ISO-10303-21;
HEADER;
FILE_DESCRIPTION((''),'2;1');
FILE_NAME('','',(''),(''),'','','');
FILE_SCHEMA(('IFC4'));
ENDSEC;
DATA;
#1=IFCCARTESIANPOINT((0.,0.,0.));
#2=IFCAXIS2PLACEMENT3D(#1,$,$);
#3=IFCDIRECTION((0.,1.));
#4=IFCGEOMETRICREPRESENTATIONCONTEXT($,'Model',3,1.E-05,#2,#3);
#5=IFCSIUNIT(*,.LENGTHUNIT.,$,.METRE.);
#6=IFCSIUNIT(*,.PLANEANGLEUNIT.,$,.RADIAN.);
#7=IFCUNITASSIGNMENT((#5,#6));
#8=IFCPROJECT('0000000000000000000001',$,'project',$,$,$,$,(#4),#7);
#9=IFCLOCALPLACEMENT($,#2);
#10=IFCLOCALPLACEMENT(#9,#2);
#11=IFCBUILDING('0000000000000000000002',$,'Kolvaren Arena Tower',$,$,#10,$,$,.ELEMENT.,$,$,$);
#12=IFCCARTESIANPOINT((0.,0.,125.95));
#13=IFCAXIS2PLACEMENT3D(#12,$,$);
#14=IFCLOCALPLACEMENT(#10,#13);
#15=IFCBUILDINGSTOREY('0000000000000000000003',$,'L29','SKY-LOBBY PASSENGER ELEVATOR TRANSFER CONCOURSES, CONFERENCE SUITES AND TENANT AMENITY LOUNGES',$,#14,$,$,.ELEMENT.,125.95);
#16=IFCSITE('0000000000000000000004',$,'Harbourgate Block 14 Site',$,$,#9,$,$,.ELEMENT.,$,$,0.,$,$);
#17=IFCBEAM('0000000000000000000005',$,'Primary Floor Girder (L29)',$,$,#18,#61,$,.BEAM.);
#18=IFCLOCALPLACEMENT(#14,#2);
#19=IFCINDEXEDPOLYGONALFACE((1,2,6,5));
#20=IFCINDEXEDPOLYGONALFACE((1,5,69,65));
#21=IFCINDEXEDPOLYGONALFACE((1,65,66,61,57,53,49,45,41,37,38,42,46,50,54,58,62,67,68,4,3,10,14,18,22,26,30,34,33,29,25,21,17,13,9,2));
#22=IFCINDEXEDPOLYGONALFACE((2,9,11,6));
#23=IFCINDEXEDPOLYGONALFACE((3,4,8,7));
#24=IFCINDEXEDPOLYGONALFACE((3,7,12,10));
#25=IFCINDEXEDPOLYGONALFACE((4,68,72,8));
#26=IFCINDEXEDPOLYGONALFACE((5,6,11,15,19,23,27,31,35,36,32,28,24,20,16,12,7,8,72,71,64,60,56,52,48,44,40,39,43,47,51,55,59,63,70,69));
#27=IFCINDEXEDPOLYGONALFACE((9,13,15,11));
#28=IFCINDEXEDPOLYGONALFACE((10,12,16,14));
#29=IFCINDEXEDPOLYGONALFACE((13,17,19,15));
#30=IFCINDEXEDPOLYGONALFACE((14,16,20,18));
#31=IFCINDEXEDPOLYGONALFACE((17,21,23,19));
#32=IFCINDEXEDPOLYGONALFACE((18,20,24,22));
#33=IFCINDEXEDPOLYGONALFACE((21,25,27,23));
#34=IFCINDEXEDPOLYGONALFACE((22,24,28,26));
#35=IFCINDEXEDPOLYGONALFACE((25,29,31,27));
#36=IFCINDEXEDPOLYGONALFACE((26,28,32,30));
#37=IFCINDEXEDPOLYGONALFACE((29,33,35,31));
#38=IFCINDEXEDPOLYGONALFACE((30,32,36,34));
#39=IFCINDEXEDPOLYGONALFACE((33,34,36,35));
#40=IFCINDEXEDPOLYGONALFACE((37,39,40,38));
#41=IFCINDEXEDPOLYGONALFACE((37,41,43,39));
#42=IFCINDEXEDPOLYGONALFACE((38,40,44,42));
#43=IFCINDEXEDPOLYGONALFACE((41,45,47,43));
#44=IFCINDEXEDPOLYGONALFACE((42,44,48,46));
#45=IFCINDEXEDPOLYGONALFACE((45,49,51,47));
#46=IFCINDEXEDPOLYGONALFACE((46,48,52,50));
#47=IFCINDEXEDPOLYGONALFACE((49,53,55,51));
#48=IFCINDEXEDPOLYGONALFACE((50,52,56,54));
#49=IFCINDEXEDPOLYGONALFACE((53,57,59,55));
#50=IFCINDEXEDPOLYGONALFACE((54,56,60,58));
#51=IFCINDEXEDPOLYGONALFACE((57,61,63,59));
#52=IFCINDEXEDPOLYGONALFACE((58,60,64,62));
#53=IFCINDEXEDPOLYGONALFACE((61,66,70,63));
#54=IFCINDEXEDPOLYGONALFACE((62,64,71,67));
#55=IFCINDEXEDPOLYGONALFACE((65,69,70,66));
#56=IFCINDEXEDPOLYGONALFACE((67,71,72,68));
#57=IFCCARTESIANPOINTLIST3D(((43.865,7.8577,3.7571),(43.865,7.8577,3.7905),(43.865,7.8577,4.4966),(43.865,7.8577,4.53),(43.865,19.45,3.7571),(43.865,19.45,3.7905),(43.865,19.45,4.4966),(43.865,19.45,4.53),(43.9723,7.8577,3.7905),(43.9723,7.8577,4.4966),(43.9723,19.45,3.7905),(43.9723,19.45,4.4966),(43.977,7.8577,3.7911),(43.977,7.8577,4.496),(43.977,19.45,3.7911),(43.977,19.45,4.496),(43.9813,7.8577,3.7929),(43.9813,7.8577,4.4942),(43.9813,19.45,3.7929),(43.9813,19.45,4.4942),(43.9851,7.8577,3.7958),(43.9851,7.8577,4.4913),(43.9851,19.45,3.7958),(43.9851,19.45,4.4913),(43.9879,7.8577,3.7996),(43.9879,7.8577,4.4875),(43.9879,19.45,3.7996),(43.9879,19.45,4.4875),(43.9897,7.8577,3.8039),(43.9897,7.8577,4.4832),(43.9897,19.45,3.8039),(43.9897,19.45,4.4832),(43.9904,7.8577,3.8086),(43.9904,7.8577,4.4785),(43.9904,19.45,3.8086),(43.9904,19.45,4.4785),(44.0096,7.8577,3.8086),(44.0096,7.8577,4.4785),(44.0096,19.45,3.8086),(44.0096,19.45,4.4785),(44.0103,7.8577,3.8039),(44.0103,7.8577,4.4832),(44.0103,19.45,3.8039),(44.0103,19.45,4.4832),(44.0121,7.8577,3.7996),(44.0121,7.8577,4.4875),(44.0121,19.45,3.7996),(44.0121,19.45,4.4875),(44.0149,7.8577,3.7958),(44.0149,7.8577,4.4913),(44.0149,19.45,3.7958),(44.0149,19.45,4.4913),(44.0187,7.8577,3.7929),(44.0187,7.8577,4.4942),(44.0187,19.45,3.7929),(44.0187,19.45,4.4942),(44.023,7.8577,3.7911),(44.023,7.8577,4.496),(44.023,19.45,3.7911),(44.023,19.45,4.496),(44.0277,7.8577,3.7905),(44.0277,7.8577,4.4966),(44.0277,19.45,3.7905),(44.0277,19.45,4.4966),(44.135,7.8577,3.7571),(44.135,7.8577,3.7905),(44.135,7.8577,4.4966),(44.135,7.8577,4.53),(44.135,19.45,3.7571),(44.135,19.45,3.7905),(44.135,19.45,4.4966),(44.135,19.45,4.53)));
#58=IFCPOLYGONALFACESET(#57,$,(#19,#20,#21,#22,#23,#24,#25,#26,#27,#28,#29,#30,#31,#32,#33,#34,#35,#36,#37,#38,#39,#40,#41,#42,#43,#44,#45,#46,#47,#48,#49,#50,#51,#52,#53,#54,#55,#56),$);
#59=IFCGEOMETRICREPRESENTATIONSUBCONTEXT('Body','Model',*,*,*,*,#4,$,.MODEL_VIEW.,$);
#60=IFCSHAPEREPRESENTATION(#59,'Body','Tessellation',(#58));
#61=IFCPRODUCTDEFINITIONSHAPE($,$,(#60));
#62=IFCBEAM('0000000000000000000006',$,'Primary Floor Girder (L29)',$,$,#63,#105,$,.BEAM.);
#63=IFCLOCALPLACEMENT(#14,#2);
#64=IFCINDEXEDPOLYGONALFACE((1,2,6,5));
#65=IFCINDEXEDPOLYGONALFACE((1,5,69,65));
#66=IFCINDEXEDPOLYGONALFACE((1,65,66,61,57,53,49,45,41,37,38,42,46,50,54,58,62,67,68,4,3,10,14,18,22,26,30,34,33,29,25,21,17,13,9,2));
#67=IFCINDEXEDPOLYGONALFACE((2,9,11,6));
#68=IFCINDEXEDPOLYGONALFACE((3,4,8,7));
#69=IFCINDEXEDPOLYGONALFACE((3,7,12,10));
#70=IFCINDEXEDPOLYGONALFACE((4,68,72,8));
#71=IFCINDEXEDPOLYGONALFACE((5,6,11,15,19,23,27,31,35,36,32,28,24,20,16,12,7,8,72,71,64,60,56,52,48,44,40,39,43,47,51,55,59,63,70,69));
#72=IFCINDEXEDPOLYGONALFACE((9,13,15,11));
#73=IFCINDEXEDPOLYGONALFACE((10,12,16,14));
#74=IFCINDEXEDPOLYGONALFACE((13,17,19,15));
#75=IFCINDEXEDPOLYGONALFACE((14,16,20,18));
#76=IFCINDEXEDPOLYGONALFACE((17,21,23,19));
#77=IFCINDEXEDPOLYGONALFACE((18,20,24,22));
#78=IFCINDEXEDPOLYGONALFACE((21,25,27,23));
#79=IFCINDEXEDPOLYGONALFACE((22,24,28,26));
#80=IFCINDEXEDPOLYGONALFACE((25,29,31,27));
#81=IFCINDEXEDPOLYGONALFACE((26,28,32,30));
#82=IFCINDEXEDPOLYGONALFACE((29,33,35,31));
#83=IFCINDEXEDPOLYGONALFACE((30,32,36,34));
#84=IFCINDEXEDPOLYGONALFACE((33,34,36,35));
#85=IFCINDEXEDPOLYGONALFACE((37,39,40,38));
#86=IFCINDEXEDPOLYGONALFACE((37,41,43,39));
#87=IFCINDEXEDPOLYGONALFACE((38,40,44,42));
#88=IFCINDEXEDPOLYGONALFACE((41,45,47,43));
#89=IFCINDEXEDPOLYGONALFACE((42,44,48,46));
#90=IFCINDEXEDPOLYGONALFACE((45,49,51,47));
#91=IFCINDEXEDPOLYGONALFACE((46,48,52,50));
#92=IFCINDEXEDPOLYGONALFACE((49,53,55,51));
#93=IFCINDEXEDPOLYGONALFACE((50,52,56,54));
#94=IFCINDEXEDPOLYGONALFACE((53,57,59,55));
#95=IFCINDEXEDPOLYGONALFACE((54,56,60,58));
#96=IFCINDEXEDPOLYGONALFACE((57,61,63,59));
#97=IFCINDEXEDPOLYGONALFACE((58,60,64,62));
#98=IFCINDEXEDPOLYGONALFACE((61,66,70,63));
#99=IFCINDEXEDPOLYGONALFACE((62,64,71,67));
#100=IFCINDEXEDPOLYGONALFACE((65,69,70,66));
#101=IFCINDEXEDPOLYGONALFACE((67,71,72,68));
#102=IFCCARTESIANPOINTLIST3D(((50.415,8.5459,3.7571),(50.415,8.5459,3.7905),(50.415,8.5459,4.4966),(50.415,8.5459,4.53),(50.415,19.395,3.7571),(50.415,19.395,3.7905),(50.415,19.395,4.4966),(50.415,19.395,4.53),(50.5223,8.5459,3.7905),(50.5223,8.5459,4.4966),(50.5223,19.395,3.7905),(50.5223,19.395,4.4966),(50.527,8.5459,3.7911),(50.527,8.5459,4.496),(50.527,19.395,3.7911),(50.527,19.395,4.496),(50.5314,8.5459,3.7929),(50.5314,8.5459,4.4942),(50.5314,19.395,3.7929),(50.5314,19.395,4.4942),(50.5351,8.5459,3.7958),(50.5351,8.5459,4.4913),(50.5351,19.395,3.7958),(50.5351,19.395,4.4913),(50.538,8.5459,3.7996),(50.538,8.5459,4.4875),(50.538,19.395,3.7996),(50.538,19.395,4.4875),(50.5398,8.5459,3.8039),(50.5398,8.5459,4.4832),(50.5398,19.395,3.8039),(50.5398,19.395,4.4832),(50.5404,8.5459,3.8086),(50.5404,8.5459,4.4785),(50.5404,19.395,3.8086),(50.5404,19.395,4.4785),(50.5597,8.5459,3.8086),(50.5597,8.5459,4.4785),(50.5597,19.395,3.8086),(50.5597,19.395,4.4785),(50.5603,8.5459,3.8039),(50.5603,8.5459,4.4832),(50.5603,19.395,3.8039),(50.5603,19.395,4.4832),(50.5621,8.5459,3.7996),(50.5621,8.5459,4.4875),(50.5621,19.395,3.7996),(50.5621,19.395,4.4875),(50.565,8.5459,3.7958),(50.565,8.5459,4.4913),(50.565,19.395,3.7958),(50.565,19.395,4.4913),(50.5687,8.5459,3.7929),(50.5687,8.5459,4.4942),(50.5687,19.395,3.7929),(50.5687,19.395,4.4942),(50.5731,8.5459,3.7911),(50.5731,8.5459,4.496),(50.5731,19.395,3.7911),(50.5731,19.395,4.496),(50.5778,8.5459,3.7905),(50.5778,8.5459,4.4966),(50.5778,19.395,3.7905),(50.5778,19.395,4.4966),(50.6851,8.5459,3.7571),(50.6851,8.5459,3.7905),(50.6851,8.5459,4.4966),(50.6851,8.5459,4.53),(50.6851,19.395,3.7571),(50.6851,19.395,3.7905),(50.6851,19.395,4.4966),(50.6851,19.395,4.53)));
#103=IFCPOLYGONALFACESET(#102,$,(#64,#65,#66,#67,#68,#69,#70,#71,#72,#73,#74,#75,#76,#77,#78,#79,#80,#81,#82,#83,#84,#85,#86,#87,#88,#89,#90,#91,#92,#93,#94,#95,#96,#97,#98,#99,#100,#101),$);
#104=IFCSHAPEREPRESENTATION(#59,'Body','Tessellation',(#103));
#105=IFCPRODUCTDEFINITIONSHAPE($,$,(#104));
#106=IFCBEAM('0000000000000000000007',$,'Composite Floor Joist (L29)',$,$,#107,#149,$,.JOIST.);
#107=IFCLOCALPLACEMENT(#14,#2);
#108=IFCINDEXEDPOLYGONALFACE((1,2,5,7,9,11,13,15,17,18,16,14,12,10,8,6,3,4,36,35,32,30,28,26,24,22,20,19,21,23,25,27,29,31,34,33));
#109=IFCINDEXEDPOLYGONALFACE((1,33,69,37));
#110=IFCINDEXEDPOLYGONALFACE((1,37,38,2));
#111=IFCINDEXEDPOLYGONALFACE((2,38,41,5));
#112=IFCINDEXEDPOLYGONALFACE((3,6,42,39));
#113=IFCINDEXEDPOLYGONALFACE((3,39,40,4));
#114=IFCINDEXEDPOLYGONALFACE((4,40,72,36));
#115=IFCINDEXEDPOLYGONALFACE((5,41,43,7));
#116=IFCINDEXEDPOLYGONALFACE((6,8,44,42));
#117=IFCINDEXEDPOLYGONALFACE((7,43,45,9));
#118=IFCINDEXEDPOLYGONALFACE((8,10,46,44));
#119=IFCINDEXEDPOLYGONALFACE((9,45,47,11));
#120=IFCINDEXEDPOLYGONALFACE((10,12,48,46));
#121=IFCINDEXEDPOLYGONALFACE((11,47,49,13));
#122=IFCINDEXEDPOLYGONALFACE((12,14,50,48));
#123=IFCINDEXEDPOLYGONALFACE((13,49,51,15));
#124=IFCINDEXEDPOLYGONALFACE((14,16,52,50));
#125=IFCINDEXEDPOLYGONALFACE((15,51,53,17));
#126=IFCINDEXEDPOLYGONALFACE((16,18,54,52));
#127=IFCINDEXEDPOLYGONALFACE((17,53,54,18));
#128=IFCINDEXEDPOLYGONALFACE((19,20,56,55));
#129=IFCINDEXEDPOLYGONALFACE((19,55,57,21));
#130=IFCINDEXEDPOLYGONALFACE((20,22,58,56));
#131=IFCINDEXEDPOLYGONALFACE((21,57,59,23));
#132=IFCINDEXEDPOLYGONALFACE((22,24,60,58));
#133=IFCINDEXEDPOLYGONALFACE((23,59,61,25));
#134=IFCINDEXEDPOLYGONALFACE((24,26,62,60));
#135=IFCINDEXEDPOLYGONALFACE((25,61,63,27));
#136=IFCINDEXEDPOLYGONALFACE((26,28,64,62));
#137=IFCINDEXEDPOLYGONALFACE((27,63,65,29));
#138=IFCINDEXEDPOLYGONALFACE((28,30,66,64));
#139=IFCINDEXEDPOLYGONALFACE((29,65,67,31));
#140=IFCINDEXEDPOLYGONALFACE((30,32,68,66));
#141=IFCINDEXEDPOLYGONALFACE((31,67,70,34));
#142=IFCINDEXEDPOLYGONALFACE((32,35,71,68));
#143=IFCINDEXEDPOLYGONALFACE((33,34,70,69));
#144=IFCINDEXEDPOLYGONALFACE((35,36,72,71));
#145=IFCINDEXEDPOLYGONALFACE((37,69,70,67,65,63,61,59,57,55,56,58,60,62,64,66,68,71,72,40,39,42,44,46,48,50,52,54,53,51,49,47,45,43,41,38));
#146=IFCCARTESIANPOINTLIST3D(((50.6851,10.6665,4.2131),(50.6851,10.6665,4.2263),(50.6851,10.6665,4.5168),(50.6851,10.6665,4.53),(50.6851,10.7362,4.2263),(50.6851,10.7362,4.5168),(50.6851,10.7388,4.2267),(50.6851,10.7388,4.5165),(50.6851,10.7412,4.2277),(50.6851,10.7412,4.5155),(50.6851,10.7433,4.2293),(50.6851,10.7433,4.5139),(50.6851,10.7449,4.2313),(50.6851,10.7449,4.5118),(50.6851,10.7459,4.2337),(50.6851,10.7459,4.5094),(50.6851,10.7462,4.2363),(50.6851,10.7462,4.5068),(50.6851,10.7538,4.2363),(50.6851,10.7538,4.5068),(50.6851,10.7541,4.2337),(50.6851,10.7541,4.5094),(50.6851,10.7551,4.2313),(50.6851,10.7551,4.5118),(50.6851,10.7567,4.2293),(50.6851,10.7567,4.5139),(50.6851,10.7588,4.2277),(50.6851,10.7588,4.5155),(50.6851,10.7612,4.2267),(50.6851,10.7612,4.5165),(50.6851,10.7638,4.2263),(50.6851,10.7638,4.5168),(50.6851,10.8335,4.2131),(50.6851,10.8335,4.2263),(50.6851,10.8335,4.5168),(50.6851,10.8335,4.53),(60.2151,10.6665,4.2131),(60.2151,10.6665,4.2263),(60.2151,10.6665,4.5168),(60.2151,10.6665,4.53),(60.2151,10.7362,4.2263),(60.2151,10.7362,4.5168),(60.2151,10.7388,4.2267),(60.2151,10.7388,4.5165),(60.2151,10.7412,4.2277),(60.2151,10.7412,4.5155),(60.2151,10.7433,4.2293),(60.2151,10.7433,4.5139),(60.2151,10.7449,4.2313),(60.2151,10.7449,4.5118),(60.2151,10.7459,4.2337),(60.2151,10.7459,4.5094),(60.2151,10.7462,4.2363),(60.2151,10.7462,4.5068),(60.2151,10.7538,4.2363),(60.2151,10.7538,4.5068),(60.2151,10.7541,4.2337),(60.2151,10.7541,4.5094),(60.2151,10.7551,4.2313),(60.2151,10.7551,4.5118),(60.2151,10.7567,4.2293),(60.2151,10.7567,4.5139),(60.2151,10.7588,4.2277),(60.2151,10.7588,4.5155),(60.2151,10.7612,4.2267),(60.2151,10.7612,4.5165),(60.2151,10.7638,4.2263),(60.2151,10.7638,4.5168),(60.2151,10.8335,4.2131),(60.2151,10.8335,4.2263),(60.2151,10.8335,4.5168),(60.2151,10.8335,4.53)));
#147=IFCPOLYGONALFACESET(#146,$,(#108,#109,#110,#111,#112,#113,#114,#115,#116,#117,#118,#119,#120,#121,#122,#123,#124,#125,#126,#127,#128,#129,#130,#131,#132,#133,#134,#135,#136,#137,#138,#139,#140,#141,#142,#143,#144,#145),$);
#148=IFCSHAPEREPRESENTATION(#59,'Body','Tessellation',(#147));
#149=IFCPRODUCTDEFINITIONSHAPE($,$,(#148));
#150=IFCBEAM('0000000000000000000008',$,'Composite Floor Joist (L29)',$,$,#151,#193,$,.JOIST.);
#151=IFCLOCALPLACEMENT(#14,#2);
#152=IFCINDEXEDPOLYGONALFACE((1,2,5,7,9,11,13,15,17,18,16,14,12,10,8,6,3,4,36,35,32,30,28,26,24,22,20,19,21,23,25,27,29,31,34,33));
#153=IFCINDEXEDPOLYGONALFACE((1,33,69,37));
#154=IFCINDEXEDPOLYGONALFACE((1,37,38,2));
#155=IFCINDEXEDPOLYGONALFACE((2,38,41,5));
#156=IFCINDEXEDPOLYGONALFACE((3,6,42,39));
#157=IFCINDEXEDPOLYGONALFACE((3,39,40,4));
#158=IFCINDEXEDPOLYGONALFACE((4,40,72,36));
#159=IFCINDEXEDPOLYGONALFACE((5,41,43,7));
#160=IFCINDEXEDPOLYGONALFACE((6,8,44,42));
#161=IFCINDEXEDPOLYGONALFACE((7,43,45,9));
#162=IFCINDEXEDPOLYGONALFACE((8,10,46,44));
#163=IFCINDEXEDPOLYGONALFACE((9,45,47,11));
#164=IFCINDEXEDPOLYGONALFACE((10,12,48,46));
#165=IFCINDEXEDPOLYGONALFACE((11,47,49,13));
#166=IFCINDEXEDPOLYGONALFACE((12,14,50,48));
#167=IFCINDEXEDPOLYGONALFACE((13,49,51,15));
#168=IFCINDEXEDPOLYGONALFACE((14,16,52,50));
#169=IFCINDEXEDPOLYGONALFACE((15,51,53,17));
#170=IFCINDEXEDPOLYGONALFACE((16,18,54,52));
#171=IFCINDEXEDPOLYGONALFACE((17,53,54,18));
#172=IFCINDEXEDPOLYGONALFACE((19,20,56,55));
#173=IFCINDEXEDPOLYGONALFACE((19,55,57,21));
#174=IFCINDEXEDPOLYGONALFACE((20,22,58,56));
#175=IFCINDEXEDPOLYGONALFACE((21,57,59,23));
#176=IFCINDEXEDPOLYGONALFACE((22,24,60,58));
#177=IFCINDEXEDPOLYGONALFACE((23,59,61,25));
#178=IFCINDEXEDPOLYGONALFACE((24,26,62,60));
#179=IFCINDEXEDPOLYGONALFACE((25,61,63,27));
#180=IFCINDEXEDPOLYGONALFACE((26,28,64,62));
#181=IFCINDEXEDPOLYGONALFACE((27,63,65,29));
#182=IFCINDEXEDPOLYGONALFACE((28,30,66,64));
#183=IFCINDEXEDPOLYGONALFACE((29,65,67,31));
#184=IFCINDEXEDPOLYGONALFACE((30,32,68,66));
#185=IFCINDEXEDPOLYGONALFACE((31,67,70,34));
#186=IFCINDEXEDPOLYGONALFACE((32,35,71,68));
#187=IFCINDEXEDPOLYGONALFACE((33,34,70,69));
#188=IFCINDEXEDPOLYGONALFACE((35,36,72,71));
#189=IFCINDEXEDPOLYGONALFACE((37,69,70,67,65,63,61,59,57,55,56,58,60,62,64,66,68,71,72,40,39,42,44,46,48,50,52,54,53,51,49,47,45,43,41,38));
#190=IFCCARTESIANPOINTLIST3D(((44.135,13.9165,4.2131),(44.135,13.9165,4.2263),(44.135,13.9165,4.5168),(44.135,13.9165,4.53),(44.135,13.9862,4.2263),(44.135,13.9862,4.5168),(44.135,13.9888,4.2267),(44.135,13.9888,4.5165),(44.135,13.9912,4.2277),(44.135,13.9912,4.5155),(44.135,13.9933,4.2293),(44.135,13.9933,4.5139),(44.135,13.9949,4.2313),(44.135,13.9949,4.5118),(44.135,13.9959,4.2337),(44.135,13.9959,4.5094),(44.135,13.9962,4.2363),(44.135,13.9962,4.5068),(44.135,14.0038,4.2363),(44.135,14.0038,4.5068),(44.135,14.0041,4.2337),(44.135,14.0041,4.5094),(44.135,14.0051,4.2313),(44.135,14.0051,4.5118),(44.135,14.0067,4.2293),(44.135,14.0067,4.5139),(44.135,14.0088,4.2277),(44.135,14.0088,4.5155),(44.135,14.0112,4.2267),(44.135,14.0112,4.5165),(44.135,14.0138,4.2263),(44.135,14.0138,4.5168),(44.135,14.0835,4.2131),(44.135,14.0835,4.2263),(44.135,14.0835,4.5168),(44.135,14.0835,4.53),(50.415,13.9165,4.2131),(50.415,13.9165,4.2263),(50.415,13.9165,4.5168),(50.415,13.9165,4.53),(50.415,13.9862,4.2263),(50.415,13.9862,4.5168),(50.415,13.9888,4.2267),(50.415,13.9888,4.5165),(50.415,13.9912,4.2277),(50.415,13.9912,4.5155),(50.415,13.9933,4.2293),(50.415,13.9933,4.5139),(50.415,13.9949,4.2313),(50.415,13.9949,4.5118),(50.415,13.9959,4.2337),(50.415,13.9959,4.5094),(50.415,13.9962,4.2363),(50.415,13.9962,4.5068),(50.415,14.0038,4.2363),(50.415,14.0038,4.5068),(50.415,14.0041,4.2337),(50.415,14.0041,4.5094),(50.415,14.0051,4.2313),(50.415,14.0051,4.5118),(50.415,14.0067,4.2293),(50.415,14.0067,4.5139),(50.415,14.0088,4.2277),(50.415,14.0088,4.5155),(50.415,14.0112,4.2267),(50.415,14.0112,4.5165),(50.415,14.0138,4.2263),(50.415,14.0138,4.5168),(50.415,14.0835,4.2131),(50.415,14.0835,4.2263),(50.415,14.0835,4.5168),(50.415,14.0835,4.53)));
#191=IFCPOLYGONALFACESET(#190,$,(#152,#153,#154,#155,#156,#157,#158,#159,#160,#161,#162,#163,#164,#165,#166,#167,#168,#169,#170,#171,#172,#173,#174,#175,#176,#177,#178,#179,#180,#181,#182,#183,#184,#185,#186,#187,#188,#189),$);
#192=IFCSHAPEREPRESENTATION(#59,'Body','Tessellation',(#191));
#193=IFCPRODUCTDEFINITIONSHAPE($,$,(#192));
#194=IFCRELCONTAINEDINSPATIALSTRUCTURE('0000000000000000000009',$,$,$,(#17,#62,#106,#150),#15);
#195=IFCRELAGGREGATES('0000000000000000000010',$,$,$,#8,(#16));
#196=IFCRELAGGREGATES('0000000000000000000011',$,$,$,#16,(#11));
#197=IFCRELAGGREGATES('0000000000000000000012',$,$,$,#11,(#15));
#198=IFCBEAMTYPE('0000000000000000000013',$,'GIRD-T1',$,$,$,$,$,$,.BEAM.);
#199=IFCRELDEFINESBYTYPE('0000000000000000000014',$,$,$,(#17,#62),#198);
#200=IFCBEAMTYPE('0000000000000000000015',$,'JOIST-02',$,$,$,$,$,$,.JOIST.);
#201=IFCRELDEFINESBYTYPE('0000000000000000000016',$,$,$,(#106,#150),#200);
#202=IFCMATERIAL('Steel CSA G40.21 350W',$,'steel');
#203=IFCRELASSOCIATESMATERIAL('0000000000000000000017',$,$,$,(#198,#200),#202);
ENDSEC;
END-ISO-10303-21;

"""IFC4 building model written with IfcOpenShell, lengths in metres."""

from ifc_helpers import new_model, si_unit, direction, frame, origin, origin_2d, place, context, subcontext, project, spatial, i_section, extrude, material, material_profile, profile_set, type_object, element, save


model = new_model("IFC4")

# Units and contexts
model_context = context("Model", 3, precision=1e-05, world=origin(), true_north=direction((0.0, 1.0)))
body_context = subcontext(model_context, "Body", "Model", "MODEL_VIEW")
ifc_project = project(units=[si_unit("LENGTHUNIT", "METRE"), si_unit("PLANEANGLEUNIT", "RADIAN")], contexts=[model_context])

# Site, building, storey
site_placement = place(None, origin())
site = spatial("IfcSite", under=ifc_project, at=site_placement, Name="Harbourgate Block 14 Site", CompositionType="ELEMENT", RefElevation=0.0)
building_placement = place(site_placement, origin())
building = spatial("IfcBuilding", under=site, at=building_placement, Name="Kolvaren Arena Tower", CompositionType="ELEMENT")
storey_placement = place(building_placement, frame((0.0, 0.0, 125.95)))
storey = spatial("IfcBuildingStorey", under=building, at=storey_placement, Name="L29", Description="SKY-LOBBY PASSENGER ELEVATOR TRANSFER CONCOURSES, CONFERENCE SUITES AND TENANT AMENITY LOUNGES", CompositionType="ELEMENT", Elevation=125.95)

# Shared definitions
ifc_material_1 = material(Name="Steel CSA G40.21 350W", Category="steel")

# Beams
ifc_material_profile_1 = material_profile(ifc_material_1, i_section(OverallWidth=0.27, OverallDepth=0.7729, WebThickness=0.0193, FlangeThickness=0.0334, FilletRadius=0.0181, at=origin_2d()), Name="W760x257")
ifc_profile_set_1 = profile_set([ifc_material_profile_1], Name="Steel CSA G40.21 350W")
beam_type_1 = type_object("IfcBeamType", Name="GIRD-T1", PredefinedType="BEAM", material=ifc_profile_set_1)
beam_1_placement = place(storey_placement, frame((44.0, 7.8577, 4.1436), z_axis=(0.0, 1.0, 0.0), x_axis=(-1.0, 0.0, 0.0)))
element("IfcBeam", 1, at=beam_1_placement, inside=storey, type_object=beam_type_1, Name="Primary Floor Girder (L29)", PredefinedType="BEAM", context=body_context, shape_type="SweptSolid", body=[
    extrude(i_section(OverallWidth=0.27, OverallDepth=0.7729, WebThickness=0.0193, FlangeThickness=0.0334, FilletRadius=0.0181, at=origin_2d()), origin(), (0.0, 0.0, 1.0), 11.5923),
])
beam_2_placement = place(storey_placement, frame((50.55, 8.5459, 4.1436), z_axis=(0.0, 1.0, 0.0), x_axis=(-1.0, 0.0, 0.0)))
element("IfcBeam", 2, at=beam_2_placement, inside=storey, type_object=beam_type_1, Name="Primary Floor Girder (L29)", PredefinedType="BEAM", context=body_context, shape_type="SweptSolid", body=[
    extrude(i_section(OverallWidth=0.27, OverallDepth=0.7729, WebThickness=0.0193, FlangeThickness=0.0334, FilletRadius=0.0181, at=origin_2d()), origin(), (0.0, 0.0, 1.0), 10.8491),
])
ifc_material_profile_2 = material_profile(ifc_material_1, i_section(OverallWidth=0.167, OverallDepth=0.3169, WebThickness=0.0076, FlangeThickness=0.0132, FilletRadius=0.01, at=origin_2d()), Name="W310x52")
ifc_profile_set_2 = profile_set([ifc_material_profile_2], Name="Steel CSA G40.21 350W")
beam_type_2 = type_object("IfcBeamType", Name="JOIST-02", PredefinedType="JOIST", material=ifc_profile_set_2)
beam_3_placement = place(storey_placement, frame((50.6851, 10.75, 4.3716), z_axis=(1.0, 0.0, 0.0), x_axis=(0.0, 1.0, 0.0)))
element("IfcBeam", 3, at=beam_3_placement, inside=storey, type_object=beam_type_2, Name="Composite Floor Joist (L29)", PredefinedType="JOIST", context=body_context, shape_type="SweptSolid", body=[
    extrude(i_section(OverallWidth=0.167, OverallDepth=0.3169, WebThickness=0.0076, FlangeThickness=0.0132, FilletRadius=0.01, at=origin_2d()), origin(), (0.0, 0.0, 1.0), 9.53),
])
beam_4_placement = place(storey_placement, frame((44.135, 14.0, 4.3716), z_axis=(1.0, 0.0, 0.0), x_axis=(0.0, 1.0, 0.0)))
element("IfcBeam", 4, at=beam_4_placement, inside=storey, type_object=beam_type_2, Name="Composite Floor Joist (L29)", PredefinedType="JOIST", context=body_context, shape_type="SweptSolid", body=[
    extrude(i_section(OverallWidth=0.167, OverallDepth=0.3169, WebThickness=0.0076, FlangeThickness=0.0132, FilletRadius=0.01, at=origin_2d()), origin(), (0.0, 0.0, 1.0), 6.28),
])

save(model, "model.ifc")
